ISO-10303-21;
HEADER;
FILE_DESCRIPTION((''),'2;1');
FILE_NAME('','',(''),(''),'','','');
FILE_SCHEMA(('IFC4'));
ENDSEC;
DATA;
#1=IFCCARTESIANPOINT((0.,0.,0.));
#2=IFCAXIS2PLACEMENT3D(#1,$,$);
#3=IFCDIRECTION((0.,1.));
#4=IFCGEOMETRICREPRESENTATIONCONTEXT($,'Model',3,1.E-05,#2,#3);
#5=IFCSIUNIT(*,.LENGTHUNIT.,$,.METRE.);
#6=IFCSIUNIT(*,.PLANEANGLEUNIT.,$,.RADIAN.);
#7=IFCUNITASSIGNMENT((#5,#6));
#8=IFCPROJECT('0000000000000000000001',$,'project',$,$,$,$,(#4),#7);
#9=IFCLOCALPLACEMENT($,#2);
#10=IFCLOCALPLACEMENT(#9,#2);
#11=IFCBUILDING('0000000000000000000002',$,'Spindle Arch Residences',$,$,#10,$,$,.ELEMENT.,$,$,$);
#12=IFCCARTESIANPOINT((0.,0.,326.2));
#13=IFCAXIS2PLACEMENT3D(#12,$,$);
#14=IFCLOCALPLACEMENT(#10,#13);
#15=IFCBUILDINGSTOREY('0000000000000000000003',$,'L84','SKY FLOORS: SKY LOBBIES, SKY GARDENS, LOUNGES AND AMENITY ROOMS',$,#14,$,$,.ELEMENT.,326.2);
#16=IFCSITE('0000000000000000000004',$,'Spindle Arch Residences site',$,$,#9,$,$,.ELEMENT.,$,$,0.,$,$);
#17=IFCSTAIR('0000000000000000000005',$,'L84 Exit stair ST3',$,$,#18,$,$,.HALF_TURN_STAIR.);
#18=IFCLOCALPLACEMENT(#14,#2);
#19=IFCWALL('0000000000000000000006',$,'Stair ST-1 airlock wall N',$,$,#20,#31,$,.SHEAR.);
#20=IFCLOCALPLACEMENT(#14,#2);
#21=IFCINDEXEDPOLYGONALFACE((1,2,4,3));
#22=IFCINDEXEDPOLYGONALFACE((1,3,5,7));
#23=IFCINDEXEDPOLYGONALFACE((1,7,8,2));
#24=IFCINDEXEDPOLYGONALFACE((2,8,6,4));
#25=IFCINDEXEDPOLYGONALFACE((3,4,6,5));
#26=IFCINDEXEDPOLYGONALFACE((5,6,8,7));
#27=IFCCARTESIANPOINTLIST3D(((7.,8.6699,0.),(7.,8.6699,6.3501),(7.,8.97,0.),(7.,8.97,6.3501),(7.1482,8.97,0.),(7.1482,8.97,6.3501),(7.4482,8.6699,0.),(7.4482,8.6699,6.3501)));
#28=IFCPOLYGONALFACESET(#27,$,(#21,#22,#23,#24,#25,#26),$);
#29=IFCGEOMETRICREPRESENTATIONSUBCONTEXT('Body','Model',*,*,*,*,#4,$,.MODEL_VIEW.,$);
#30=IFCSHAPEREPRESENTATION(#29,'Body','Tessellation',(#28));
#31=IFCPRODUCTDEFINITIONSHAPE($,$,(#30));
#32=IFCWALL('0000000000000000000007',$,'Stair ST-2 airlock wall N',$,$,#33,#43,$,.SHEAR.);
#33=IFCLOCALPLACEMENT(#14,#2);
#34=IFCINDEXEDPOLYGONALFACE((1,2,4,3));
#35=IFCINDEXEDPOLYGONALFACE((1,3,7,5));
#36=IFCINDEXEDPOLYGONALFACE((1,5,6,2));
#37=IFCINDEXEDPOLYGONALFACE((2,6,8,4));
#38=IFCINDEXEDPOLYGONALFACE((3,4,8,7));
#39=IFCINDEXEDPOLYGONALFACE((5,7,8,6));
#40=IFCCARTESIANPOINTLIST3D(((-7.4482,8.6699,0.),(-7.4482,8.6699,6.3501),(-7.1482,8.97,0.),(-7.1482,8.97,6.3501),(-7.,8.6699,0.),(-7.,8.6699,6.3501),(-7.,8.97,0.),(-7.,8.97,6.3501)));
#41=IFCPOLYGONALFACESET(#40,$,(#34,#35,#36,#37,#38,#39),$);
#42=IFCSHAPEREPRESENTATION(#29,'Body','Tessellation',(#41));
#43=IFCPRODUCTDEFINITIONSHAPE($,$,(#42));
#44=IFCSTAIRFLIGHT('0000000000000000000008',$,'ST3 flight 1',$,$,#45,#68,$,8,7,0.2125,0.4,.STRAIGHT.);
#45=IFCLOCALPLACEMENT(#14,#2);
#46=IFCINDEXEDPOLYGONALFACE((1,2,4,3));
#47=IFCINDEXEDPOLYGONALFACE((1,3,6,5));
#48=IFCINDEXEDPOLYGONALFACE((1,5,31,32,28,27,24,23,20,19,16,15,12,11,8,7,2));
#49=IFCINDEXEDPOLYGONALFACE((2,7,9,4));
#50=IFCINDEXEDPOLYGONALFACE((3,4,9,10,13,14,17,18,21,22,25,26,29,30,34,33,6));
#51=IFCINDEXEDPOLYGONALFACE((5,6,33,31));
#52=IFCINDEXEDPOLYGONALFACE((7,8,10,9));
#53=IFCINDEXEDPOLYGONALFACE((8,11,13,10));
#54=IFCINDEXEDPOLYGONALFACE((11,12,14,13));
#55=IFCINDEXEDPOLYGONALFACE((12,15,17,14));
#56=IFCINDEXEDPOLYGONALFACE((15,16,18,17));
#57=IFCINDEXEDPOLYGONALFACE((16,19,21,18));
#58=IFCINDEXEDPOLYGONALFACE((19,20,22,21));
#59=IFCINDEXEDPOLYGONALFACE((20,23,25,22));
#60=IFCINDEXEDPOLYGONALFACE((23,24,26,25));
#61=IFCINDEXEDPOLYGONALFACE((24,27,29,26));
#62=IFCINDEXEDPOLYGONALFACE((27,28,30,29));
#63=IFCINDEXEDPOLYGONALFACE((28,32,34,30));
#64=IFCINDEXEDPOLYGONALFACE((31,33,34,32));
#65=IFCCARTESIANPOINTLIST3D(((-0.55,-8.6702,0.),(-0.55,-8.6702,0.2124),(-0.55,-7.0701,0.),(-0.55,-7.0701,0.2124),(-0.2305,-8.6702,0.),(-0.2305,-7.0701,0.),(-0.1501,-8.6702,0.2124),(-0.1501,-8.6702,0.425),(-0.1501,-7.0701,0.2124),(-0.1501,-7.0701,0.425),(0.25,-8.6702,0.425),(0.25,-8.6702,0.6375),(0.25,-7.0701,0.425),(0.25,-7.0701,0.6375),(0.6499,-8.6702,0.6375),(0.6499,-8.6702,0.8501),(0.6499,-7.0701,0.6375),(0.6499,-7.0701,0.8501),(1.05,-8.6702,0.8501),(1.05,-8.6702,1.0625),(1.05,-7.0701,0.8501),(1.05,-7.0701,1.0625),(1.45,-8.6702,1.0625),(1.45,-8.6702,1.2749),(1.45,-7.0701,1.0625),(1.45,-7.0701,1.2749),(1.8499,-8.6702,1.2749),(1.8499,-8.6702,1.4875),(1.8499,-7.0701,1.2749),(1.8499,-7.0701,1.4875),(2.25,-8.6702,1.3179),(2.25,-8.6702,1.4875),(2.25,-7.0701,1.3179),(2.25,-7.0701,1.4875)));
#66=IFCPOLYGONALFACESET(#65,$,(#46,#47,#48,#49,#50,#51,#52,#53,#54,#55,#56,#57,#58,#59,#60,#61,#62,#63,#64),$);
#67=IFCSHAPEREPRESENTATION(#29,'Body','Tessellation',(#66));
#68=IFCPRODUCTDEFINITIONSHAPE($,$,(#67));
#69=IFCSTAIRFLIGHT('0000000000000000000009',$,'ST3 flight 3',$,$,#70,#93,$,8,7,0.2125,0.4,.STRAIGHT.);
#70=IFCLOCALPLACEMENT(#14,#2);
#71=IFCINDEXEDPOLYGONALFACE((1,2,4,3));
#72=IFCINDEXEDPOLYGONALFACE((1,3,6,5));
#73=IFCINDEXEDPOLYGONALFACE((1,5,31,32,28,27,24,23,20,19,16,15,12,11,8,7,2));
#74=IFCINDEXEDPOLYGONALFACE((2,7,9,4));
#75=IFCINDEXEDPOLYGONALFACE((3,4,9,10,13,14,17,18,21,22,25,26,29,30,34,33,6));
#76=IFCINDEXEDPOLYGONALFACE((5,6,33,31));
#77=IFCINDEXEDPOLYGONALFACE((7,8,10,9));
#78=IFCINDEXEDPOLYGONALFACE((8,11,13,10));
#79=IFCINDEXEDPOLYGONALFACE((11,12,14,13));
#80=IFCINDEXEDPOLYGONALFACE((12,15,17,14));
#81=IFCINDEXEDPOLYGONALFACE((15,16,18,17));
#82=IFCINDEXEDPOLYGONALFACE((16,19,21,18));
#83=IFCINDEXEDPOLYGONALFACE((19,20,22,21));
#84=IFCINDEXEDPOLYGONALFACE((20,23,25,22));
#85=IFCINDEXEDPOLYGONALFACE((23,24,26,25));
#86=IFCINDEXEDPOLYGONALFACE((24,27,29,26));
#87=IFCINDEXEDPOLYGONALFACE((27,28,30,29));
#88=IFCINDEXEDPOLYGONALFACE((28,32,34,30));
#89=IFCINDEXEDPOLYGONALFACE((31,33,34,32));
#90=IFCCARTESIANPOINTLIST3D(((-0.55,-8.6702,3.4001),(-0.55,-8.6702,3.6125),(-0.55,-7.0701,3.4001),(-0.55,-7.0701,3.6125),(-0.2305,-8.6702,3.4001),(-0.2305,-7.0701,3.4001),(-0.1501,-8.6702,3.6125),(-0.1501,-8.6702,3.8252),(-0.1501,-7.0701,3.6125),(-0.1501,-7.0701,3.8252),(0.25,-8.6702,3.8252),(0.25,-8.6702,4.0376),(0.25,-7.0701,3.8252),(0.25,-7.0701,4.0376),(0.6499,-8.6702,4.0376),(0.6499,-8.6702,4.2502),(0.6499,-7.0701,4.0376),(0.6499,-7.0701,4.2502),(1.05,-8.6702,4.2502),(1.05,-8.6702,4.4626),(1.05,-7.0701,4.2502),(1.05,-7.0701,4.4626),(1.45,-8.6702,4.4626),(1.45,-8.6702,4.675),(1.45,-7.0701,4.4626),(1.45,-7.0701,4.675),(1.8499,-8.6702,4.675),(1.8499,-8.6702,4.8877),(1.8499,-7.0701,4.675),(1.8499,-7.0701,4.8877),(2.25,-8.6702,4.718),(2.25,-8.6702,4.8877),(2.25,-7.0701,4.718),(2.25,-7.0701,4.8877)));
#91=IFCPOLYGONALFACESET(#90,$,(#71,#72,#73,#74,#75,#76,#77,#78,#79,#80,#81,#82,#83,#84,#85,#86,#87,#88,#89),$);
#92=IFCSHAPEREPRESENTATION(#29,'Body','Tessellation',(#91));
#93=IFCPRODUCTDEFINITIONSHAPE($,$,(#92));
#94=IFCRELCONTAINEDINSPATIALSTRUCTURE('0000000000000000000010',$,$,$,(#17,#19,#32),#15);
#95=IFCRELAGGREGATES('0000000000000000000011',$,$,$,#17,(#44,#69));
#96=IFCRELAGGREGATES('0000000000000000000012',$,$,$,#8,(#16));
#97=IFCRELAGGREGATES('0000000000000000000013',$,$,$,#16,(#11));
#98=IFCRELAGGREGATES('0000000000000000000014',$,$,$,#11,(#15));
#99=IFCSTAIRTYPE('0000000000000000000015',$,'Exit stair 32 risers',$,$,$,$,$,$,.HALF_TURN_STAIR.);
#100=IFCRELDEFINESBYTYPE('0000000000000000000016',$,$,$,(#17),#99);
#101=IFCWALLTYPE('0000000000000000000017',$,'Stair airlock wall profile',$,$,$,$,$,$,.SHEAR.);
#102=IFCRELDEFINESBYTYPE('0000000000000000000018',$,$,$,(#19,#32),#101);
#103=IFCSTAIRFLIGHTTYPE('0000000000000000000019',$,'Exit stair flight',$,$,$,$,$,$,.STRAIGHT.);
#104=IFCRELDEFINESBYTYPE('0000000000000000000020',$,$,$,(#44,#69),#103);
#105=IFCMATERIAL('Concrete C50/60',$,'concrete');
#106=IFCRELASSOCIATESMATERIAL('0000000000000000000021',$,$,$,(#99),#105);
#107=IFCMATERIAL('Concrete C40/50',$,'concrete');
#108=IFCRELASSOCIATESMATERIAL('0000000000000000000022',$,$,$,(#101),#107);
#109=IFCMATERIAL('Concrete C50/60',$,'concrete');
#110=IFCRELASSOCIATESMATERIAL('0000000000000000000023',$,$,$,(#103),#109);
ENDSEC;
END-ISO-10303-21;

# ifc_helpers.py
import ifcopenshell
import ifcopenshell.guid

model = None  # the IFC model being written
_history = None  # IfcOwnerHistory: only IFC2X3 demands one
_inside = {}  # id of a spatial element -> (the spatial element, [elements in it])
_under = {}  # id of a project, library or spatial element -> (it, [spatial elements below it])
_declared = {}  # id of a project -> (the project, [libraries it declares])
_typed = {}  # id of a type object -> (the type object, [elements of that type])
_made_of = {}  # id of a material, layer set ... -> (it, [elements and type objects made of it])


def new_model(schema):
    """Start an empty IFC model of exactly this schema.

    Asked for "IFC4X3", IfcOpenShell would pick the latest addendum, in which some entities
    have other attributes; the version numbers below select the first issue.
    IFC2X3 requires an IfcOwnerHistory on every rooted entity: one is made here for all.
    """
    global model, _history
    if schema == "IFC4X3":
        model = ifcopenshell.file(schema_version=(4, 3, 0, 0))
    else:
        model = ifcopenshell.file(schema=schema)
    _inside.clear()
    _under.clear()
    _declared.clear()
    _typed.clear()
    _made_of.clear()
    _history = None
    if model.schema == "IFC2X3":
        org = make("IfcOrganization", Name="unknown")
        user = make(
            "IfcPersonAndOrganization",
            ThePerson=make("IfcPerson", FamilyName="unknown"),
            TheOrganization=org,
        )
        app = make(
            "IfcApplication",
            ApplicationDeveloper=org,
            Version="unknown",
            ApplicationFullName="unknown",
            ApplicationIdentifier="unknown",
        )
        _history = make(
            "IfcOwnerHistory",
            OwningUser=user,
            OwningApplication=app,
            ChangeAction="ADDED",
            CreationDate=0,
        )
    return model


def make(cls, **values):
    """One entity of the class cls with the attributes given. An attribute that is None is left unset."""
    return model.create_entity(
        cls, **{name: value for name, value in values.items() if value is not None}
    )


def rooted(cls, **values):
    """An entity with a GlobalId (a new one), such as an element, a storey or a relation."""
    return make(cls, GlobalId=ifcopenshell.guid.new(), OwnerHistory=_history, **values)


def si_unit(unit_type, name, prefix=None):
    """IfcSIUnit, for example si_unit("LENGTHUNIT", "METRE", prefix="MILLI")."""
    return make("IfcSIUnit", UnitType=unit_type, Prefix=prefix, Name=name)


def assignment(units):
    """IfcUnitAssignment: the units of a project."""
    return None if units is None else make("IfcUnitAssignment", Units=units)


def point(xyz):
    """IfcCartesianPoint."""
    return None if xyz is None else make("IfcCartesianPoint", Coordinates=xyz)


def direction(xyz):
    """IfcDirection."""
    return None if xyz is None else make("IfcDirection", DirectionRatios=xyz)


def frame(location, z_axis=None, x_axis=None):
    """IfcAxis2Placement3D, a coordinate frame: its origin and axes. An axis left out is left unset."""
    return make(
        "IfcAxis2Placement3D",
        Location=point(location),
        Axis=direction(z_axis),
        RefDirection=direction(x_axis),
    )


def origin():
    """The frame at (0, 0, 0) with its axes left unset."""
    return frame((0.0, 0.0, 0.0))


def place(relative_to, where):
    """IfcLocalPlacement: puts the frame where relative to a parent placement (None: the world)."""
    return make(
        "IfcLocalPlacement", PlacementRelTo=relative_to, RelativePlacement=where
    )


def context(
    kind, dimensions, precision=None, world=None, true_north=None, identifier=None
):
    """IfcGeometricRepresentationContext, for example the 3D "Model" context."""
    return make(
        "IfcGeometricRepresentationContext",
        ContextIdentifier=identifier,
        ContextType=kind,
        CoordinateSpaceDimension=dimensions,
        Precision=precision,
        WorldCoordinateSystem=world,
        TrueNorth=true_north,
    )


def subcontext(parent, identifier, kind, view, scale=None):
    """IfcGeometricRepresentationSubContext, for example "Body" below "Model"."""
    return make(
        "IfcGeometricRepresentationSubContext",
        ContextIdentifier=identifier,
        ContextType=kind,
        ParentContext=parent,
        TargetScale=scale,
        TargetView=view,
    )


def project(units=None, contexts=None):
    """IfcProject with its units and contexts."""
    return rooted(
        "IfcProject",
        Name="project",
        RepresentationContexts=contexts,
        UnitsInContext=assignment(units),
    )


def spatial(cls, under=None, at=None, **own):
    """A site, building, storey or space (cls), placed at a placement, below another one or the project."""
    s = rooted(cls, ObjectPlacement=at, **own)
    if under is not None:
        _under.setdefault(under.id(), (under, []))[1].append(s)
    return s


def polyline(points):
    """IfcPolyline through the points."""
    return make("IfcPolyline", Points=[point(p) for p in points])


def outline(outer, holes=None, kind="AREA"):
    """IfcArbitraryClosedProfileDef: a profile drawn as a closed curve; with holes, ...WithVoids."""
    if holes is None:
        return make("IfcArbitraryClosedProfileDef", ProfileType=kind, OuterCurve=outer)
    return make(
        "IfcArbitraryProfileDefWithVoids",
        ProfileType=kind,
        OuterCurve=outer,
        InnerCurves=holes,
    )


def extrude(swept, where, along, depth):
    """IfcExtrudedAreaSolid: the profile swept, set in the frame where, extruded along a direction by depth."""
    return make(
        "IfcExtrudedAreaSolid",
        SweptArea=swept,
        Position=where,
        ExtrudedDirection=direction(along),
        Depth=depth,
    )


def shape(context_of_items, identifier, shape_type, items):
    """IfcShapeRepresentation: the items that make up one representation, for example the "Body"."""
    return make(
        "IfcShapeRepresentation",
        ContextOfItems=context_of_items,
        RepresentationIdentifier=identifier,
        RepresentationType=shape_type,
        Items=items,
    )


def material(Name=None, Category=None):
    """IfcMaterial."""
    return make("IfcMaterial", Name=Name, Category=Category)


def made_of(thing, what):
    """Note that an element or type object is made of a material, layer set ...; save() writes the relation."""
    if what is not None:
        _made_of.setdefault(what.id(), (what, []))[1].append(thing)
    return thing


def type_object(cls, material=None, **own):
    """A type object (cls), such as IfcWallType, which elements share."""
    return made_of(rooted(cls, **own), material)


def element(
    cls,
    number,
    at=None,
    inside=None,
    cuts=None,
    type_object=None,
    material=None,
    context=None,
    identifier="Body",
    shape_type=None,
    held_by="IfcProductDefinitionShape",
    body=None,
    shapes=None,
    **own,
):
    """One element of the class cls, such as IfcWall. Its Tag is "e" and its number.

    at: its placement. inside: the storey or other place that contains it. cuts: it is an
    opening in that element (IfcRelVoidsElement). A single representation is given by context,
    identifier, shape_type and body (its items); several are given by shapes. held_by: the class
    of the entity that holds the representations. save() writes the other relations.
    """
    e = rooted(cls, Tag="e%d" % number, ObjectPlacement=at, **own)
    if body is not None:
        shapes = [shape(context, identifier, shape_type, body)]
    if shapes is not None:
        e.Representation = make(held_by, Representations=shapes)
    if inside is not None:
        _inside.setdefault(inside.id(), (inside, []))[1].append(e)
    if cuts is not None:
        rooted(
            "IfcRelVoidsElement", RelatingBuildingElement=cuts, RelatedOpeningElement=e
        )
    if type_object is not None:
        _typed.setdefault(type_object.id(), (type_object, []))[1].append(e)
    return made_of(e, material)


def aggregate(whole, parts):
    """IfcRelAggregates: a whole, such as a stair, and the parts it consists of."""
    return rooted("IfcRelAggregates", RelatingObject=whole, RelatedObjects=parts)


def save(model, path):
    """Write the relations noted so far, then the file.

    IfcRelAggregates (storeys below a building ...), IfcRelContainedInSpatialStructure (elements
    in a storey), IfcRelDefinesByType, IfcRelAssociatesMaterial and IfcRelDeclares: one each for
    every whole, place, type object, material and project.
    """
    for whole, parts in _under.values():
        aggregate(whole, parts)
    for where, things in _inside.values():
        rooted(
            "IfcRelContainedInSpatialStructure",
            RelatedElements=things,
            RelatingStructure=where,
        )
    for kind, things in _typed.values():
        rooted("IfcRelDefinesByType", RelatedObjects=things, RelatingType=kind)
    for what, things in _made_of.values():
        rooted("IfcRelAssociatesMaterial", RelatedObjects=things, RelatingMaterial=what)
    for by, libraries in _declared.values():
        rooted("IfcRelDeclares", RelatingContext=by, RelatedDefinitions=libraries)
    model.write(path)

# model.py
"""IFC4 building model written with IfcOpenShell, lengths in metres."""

from ifc_helpers import new_model, si_unit, direction, frame, origin, place, context, subcontext, project, spatial, polyline, outline, extrude, material, type_object, element, aggregate, save


model = new_model("IFC4")

# Units and contexts
model_context = context("Model", 3, precision=1e-05, world=origin(), true_north=direction((0.0, 1.0)))
body_context = subcontext(model_context, "Body", "Model", "MODEL_VIEW")
ifc_project = project(units=[si_unit("LENGTHUNIT", "METRE"), si_unit("PLANEANGLEUNIT", "RADIAN")], contexts=[model_context])

# Site, building, storey
site_placement = place(None, origin())
site = spatial("IfcSite", under=ifc_project, at=site_placement, Name="Spindle Arch Residences site", CompositionType="ELEMENT", RefElevation=0.0)
building_placement = place(site_placement, origin())
building = spatial("IfcBuilding", under=site, at=building_placement, Name="Spindle Arch Residences", CompositionType="ELEMENT")
storey_placement = place(building_placement, frame((0.0, 0.0, 326.2)))
storey = spatial("IfcBuildingStorey", under=building, at=storey_placement, Name="L84", Description="SKY FLOORS: SKY LOBBIES, SKY GARDENS, LOUNGES AND AMENITY ROOMS", CompositionType="ELEMENT", Elevation=326.2)

# Stair
ifc_material_1 = material(Name="Concrete C50/60", Category="concrete")
stair_type = type_object("IfcStairType", Name="Exit stair 32 risers", PredefinedType="HALF_TURN_STAIR", material=ifc_material_1)
stair_1_placement = place(storey_placement, origin())
stair_1 = element("IfcStair", 1, at=stair_1_placement, inside=storey, type_object=stair_type, Name="L84 Exit stair ST3", PredefinedType="HALF_TURN_STAIR")

# Walls
ifc_material_2 = material(Name="Concrete C40/50", Category="concrete")
wall_type_1 = type_object("IfcWallType", Name="Stair airlock wall profile", PredefinedType="SHEAR", material=ifc_material_2)
wall_1_placement = place(storey_placement, origin())
element("IfcWall", 2, at=wall_1_placement, inside=storey, type_object=wall_type_1, Name="Stair ST-1 airlock wall N", PredefinedType="SHEAR", context=body_context, shape_type="SweptSolid", body=[
    extrude(outline(polyline([(7.4482, 8.6699), (7.0, 8.6699), (7.0, 8.97), (7.1482, 8.97), (7.4482, 8.6699)])), origin(), (0.0, 0.0, 1.0), 6.3501),
])
wall_2_placement = place(storey_placement, origin())
element("IfcWall", 3, at=wall_2_placement, inside=storey, type_object=wall_type_1, Name="Stair ST-2 airlock wall N", PredefinedType="SHEAR", context=body_context, shape_type="SweptSolid", body=[
    extrude(outline(polyline([(-7.1482, 8.97), (-7.0, 8.97), (-7.0, 8.6699), (-7.4482, 8.6699), (-7.1482, 8.97)])), origin(), (0.0, 0.0, 1.0), 6.3501),
])

# Stair flights
ifc_material_3 = material(Name="Concrete C50/60", Category="concrete")
stair_flight_type = type_object("IfcStairFlightType", Name="Exit stair flight", PredefinedType="STRAIGHT", material=ifc_material_3)
stair_flight_1_placement = place(storey_placement, frame((-0.55, -7.8701, 0.0), z_axis=(0.0, 0.0, 1.0), x_axis=(1.0, 0.0, 0.0)))
stair_flight_1 = element("IfcStairFlight", 4, at=stair_flight_1_placement, type_object=stair_flight_type, Name="ST3 flight 1", NumberOfRisers=8, NumberOfTreads=7, PredefinedType="STRAIGHT", RiserHeight=0.2125, TreadLength=0.4, context=body_context, shape_type="SweptSolid", body=[
    extrude(outline(polyline([(0.0, 0.0), (0.0, 0.2124), (0.3999, 0.2124), (0.3999, 0.425), (0.8, 0.425), (0.8, 0.6375), (1.2, 0.6375), (1.2, 0.8501), (1.6001, 0.8501), (1.6001, 1.0625), (2.0, 1.0625), (2.0, 1.2749), (2.3999, 1.2749), (2.3999, 1.4875), (2.8, 1.4875), (2.8, 1.7), (2.8, 1.3179), (0.3196, 0.0), (0.0, 0.0)])), frame((0.0, 0.8, 0.0), z_axis=(0.0, -1.0, 0.0), x_axis=(1.0, 0.0, 0.0)), (0.0, 0.0, 1.0), 1.6001),
])
stair_flight_2_placement = place(storey_placement, frame((-0.55, -7.8701, 3.4001), z_axis=(0.0, 0.0, 1.0), x_axis=(1.0, 0.0, 0.0)))
stair_flight_2 = element("IfcStairFlight", 5, at=stair_flight_2_placement, type_object=stair_flight_type, Name="ST3 flight 3", NumberOfRisers=8, NumberOfTreads=7, PredefinedType="STRAIGHT", RiserHeight=0.2125, TreadLength=0.4, context=body_context, shape_type="SweptSolid", body=[
    extrude(outline(polyline([(0.0, 0.0), (0.0, 0.2124), (0.3999, 0.2124), (0.3999, 0.425), (0.8, 0.425), (0.8, 0.6375), (1.2, 0.6375), (1.2, 0.8501), (1.6001, 0.8501), (1.6001, 1.0625), (2.0, 1.0625), (2.0, 1.2749), (2.3999, 1.2749), (2.3999, 1.4875), (2.8, 1.4875), (2.8, 1.7), (2.8, 1.3179), (0.3196, 0.0), (0.0, 0.0)])), frame((0.0, 0.8, 0.0), z_axis=(0.0, -1.0, 0.0), x_axis=(1.0, 0.0, 0.0)), (0.0, 0.0, 1.0), 1.6001),
])
aggregate(stair_1, [stair_flight_1, stair_flight_2])

save(model, "model.ifc")
